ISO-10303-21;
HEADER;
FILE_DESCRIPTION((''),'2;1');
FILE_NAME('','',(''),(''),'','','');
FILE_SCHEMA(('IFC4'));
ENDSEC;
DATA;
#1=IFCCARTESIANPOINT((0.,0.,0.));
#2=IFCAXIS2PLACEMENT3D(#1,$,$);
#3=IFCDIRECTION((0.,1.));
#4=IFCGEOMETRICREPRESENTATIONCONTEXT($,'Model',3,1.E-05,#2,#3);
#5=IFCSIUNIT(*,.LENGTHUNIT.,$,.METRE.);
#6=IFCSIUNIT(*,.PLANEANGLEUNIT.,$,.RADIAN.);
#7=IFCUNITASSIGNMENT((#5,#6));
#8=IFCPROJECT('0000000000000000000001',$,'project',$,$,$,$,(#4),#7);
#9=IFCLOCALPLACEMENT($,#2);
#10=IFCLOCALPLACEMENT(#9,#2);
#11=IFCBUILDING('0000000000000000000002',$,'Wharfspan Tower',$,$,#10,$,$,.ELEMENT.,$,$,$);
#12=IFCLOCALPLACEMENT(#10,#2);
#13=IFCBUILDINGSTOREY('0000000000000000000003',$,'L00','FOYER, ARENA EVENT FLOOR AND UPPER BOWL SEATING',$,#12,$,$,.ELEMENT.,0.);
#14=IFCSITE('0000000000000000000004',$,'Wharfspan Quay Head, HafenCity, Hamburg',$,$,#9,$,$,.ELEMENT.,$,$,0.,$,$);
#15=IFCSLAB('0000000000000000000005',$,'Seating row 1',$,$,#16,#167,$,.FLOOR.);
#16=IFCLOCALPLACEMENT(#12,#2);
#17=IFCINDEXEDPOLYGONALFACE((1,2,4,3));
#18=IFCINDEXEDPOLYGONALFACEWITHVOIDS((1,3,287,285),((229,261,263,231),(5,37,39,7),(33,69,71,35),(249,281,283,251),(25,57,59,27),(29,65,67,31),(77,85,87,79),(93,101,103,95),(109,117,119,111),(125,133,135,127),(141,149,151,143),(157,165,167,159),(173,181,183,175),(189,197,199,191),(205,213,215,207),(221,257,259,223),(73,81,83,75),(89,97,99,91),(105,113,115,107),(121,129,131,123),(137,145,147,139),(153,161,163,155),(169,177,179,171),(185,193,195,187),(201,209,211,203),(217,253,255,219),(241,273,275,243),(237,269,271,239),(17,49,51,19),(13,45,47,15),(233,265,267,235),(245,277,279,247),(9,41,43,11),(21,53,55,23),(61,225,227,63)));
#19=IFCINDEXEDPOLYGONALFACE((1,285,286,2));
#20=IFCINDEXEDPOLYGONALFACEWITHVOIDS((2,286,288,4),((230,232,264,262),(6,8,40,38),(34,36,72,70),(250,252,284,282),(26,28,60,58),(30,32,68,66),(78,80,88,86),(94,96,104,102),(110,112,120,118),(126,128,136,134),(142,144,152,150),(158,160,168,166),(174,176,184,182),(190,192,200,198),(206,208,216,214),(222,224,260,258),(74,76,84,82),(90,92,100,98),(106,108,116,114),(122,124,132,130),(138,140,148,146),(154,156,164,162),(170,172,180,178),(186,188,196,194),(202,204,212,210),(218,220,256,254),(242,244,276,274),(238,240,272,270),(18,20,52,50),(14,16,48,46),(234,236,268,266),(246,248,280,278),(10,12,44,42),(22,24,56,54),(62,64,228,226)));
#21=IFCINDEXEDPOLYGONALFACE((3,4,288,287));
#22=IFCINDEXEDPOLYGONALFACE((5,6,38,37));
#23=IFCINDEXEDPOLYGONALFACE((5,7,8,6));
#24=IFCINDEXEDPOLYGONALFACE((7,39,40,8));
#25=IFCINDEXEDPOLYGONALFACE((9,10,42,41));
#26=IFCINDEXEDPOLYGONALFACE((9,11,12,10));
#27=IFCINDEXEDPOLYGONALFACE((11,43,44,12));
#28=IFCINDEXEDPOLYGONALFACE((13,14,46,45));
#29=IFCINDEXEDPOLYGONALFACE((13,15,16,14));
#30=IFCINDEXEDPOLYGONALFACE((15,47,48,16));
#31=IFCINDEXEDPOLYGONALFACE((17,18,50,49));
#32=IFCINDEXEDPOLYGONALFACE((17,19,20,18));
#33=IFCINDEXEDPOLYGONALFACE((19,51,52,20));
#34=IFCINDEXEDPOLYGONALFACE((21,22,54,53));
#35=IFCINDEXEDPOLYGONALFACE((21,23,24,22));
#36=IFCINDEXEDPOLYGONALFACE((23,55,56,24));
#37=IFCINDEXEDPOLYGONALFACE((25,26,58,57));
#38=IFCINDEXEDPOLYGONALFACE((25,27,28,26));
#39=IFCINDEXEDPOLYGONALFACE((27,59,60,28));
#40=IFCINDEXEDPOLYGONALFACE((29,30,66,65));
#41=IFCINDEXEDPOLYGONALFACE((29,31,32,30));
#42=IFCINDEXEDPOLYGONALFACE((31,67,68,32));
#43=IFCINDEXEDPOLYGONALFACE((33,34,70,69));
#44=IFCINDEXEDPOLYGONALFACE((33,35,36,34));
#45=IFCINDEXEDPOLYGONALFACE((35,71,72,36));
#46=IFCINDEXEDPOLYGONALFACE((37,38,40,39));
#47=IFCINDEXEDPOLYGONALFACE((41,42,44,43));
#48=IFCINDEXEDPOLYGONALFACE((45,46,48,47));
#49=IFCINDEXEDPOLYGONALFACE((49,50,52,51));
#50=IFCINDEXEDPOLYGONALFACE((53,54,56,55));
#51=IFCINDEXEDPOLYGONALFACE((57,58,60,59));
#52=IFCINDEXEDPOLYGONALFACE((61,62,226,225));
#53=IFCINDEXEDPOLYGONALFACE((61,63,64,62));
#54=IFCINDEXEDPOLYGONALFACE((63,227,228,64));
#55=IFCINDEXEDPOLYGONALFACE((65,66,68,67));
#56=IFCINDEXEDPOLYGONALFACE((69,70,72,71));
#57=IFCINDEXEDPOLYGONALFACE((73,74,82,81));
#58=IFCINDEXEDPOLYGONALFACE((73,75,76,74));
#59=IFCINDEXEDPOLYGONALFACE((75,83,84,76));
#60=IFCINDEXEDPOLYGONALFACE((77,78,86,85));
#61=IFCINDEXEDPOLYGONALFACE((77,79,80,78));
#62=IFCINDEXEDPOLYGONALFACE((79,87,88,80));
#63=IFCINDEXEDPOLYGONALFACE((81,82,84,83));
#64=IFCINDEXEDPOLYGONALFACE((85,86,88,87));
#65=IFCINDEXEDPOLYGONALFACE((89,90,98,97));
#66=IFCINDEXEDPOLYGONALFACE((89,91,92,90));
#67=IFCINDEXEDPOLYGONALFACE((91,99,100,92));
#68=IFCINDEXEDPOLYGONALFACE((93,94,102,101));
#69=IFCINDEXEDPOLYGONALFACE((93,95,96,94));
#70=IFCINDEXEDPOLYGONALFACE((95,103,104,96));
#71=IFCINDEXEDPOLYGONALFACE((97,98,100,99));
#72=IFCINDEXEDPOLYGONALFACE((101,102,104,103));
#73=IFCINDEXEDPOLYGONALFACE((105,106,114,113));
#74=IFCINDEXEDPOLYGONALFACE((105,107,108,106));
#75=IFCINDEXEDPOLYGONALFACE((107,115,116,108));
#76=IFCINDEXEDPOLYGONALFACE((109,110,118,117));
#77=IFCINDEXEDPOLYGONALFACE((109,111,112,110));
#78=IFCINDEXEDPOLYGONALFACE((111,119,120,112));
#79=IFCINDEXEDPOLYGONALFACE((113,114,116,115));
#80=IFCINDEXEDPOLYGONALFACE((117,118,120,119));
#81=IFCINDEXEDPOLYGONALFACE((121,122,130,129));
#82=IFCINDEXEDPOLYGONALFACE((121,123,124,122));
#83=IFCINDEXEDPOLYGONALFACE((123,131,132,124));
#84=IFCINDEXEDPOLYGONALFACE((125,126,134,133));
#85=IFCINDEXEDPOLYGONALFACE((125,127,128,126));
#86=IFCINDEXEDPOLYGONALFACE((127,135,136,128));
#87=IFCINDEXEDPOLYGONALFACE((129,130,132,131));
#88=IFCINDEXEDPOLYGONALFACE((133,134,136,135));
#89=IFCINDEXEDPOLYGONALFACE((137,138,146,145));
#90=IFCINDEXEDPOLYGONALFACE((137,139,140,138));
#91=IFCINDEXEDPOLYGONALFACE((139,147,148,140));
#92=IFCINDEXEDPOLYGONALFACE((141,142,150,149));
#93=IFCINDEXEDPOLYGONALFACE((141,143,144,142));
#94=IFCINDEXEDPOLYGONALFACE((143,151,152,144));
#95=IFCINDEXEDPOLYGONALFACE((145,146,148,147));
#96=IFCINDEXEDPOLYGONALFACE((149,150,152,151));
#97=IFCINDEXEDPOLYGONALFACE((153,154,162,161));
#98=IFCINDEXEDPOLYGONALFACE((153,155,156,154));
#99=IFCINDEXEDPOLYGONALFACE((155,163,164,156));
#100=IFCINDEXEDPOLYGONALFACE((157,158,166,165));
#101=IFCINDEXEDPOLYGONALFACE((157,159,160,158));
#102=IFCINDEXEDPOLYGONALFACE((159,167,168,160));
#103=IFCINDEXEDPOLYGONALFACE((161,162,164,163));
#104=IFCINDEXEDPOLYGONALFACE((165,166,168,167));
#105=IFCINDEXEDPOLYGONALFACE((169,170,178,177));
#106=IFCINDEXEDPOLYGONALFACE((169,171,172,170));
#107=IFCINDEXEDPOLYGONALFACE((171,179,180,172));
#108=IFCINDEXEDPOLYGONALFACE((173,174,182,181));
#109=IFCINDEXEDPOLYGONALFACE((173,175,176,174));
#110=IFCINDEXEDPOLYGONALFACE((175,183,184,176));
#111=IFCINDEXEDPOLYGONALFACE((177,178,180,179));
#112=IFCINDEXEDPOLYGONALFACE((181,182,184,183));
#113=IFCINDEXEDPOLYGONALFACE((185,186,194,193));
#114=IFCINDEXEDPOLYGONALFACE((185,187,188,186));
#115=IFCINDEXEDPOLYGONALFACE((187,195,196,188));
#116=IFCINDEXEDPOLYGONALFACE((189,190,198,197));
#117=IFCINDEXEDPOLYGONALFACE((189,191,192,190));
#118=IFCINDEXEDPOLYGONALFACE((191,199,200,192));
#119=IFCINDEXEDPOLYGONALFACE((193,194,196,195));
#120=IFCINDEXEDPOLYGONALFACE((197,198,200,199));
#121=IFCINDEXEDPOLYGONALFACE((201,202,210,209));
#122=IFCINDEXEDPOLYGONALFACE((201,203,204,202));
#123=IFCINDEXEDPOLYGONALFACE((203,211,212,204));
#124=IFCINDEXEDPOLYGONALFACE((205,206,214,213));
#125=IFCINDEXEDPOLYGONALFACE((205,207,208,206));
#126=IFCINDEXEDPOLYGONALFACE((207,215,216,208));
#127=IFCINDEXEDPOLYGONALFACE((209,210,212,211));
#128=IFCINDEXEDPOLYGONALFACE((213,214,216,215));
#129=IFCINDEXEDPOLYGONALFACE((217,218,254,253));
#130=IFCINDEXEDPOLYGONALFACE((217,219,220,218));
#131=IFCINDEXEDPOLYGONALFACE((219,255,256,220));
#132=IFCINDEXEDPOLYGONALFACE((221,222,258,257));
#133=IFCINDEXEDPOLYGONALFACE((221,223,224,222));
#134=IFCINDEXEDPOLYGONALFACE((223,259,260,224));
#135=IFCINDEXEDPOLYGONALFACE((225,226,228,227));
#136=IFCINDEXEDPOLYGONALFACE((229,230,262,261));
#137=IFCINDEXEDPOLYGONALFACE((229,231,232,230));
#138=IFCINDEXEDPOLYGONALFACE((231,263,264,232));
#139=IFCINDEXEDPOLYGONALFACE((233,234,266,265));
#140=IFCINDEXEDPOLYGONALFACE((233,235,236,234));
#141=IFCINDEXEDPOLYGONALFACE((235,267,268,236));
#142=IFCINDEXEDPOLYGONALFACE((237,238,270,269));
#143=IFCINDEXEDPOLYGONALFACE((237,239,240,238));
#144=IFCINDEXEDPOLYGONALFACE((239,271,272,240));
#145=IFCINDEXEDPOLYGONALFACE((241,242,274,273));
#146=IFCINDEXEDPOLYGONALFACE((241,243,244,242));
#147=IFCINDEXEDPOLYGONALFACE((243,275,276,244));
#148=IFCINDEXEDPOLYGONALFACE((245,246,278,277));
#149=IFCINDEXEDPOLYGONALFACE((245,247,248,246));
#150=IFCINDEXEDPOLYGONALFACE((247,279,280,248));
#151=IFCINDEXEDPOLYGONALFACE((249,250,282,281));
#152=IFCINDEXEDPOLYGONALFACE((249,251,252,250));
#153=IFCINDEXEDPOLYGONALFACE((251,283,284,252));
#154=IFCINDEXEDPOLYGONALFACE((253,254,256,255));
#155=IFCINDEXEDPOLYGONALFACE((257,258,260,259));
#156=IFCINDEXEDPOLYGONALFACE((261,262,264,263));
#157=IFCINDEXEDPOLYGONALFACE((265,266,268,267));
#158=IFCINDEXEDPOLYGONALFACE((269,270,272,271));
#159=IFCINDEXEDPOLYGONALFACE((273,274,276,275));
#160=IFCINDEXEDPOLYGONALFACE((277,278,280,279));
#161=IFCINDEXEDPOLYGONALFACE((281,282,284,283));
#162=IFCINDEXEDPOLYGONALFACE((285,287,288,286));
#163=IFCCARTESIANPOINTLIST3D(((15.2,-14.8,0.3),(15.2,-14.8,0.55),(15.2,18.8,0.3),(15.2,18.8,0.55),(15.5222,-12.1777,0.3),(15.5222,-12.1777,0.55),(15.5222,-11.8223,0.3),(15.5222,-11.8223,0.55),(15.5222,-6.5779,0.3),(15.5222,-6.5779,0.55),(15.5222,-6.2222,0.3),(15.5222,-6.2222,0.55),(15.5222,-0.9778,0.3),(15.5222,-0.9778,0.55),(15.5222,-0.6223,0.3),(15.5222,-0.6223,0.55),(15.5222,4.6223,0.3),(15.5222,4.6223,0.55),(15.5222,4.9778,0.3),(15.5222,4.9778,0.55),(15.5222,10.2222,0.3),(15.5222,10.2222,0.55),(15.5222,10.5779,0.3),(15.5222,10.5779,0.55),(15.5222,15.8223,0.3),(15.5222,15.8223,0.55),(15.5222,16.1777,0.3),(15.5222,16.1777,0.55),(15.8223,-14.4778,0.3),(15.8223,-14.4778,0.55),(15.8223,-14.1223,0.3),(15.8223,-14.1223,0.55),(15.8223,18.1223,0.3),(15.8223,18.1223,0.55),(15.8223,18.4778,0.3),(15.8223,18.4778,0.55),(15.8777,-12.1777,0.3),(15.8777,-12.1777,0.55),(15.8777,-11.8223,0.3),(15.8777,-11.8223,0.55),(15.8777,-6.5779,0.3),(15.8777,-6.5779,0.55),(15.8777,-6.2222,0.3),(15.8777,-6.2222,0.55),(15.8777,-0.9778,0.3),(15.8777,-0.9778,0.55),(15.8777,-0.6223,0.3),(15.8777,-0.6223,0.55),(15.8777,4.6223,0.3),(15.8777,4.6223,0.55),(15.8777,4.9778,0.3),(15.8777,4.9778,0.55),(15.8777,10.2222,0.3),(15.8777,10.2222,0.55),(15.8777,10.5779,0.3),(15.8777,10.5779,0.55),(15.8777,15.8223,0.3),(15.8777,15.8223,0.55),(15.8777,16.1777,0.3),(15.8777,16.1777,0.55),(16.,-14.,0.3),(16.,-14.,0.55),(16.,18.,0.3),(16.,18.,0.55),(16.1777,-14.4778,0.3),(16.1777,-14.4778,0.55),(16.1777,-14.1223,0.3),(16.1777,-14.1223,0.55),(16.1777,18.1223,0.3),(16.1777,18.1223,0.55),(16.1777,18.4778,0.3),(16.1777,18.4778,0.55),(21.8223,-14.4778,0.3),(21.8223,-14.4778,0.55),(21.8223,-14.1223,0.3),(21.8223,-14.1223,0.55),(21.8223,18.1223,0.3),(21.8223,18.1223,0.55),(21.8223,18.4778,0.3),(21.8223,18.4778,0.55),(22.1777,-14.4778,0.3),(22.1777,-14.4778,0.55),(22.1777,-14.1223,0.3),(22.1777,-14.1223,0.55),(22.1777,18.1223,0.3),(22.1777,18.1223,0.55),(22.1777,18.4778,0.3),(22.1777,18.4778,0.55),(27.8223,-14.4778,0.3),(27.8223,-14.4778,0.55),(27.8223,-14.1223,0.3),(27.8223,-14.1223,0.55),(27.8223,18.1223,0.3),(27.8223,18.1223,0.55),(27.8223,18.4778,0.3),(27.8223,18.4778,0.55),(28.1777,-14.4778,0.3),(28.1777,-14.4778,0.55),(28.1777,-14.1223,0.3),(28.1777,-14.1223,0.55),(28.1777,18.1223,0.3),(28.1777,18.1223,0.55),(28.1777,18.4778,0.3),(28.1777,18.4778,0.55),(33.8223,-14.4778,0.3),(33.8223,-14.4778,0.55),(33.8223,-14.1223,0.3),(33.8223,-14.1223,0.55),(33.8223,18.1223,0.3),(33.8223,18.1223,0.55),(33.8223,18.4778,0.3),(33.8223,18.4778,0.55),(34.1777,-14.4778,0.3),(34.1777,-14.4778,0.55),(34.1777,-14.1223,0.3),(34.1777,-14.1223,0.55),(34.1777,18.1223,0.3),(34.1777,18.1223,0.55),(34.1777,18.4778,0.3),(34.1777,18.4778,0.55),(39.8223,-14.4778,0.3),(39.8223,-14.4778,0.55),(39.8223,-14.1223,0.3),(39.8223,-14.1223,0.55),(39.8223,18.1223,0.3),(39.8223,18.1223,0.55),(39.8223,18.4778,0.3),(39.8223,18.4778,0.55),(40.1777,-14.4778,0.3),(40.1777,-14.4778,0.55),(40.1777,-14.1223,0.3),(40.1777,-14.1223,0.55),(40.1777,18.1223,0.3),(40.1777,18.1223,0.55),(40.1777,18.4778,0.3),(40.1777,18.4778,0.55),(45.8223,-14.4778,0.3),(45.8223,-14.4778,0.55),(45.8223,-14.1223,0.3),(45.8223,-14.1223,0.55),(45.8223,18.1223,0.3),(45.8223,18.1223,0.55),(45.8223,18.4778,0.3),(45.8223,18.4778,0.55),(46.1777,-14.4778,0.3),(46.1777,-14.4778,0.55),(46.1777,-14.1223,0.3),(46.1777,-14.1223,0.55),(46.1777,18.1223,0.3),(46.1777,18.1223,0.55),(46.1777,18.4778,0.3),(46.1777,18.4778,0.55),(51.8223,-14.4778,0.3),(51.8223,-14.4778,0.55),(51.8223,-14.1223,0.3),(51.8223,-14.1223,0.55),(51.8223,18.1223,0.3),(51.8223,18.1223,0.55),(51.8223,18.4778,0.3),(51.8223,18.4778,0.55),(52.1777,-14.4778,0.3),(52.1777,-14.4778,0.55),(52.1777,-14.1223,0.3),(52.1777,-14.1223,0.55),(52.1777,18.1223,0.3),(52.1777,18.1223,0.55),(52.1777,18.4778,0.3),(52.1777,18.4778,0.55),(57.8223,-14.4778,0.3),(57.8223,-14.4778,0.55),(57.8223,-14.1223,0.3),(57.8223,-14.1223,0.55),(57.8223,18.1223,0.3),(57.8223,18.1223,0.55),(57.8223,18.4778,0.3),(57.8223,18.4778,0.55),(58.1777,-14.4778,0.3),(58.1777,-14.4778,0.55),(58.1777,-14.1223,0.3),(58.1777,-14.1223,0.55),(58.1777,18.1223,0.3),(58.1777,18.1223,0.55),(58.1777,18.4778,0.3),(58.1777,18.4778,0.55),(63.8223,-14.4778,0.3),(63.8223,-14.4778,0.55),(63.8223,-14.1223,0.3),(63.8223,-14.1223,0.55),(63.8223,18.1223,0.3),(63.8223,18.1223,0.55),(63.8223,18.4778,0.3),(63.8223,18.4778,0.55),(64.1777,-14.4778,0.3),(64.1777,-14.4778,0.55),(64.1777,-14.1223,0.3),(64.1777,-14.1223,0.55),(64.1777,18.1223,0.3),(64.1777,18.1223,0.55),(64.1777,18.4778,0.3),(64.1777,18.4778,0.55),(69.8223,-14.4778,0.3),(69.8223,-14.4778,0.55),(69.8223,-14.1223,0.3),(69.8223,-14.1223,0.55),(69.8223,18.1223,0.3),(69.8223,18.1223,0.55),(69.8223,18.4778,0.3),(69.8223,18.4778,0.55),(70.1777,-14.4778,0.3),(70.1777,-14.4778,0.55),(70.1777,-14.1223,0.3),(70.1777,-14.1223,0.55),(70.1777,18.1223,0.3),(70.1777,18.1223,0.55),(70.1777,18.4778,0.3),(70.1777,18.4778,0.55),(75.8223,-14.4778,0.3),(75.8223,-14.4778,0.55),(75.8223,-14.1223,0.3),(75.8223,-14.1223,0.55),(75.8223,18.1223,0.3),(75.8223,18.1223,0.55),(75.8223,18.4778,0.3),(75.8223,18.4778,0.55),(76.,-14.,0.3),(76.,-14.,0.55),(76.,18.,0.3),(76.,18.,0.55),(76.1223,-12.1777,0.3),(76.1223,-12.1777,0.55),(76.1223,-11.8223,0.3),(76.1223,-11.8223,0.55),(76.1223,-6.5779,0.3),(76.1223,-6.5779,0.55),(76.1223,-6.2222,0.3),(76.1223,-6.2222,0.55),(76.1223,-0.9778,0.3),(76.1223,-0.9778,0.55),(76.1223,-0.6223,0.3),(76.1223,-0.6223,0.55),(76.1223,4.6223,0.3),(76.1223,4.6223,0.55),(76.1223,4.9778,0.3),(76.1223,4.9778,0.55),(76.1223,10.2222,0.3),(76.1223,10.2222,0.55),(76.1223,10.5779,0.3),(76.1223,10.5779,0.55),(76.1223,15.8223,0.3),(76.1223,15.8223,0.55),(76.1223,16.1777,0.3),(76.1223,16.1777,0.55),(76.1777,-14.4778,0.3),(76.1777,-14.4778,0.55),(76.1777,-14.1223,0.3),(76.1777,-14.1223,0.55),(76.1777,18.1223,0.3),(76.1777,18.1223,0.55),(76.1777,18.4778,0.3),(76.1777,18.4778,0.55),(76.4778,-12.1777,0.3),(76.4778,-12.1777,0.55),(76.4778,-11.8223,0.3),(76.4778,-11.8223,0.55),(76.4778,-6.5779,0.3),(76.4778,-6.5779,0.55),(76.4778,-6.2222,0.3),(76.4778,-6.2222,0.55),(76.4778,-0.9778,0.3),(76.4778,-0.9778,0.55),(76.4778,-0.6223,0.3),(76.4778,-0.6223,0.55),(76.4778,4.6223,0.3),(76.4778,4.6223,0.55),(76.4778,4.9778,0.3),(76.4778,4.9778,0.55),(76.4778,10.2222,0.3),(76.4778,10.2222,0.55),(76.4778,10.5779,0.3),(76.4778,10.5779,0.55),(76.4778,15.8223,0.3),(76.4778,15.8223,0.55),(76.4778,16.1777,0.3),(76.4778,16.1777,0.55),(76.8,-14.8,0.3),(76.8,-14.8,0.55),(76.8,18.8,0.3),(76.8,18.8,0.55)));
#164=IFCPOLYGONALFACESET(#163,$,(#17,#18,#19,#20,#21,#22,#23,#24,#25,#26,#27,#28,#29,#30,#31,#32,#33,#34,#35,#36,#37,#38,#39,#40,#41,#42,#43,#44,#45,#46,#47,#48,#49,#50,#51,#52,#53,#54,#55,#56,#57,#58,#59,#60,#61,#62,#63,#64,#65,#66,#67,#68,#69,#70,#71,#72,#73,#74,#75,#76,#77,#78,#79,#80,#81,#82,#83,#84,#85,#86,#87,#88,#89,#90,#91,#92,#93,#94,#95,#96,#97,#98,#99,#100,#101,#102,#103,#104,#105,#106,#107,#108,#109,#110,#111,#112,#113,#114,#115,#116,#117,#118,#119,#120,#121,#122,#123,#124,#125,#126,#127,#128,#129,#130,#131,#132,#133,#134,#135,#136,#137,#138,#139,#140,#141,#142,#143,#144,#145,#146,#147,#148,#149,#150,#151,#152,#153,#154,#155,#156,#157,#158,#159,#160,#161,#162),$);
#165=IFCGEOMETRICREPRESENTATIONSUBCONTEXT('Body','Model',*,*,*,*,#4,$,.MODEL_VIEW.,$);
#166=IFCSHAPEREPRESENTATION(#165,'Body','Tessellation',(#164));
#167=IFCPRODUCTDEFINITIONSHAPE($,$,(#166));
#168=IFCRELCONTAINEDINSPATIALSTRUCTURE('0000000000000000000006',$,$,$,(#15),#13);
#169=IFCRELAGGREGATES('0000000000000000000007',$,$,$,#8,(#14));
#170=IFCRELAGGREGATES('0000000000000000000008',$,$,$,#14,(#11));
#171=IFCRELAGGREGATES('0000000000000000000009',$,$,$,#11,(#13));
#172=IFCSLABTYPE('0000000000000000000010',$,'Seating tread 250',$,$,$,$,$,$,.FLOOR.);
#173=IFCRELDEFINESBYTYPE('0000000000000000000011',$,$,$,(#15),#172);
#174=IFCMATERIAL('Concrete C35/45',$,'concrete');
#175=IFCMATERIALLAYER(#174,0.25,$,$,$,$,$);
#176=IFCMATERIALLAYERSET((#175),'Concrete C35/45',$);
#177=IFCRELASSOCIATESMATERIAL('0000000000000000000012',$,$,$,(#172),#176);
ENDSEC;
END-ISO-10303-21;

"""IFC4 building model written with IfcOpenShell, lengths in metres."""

from ifc_helpers import new_model, si_unit, direction, frame, origin, place, context, subcontext, project, spatial, polyline, outline, extrude, material, layer, layer_set, type_object, element, save


model = new_model("IFC4")

# Units and contexts
model_context = context("Model", 3, precision=1e-05, world=origin(), true_north=direction((0.0, 1.0)))
body_context = subcontext(model_context, "Body", "Model", "MODEL_VIEW")
ifc_project = project(units=[si_unit("LENGTHUNIT", "METRE"), si_unit("PLANEANGLEUNIT", "RADIAN")], contexts=[model_context])

# Site, building, storey
site_placement = place(None, origin())
site = spatial("IfcSite", under=ifc_project, at=site_placement, Name="Wharfspan Quay Head, HafenCity, Hamburg", CompositionType="ELEMENT", RefElevation=0.0)
building_placement = place(site_placement, origin())
building = spatial("IfcBuilding", under=site, at=building_placement, Name="Wharfspan Tower", CompositionType="ELEMENT")
storey_placement = place(building_placement, origin())
storey = spatial("IfcBuildingStorey", under=building, at=storey_placement, Name="L00", Description="FOYER, ARENA EVENT FLOOR AND UPPER BOWL SEATING", CompositionType="ELEMENT", Elevation=0.0)

# Slab
ifc_material_1 = material(Name="Concrete C35/45", Category="concrete")
ifc_layer_1 = layer(ifc_material_1, 0.25)
ifc_layer_set_1 = layer_set([ifc_layer_1], Name="Concrete C35/45")
slab_type_1 = type_object("IfcSlabType", Name="Seating tread 250", PredefinedType="FLOOR", material=ifc_layer_set_1)
slab_1_placement = place(storey_placement, frame((0.0, 0.0, 0.3)))
element("IfcSlab", 1, at=slab_1_placement, inside=storey, type_object=slab_type_1, Name="Seating row 1", PredefinedType="FLOOR", context=body_context, shape_type="SweptSolid", body=[
    extrude(outline(polyline([(15.2, 18.8), (76.8, 18.8), (76.8, -14.8), (15.2, -14.8), (15.2, 18.8)]), holes=[polyline([(16.0, 18.0), (16.0, -14.0), (76.0, -14.0), (76.0, 18.0), (16.0, 18.0)]), polyline([(16.1777, -14.4778), (16.1777, -14.1223), (15.8223, -14.1223), (15.8223, -14.4778), (16.1777, -14.4778)]), polyline([(22.1777, -14.4778), (22.1777, -14.1223), (21.8223, -14.1223), (21.8223, -14.4778), (22.1777, -14.4778)]), polyline([(28.1777, -14.4778), (28.1777, -14.1223), (27.8223, -14.1223), (27.8223, -14.4778), (28.1777, -14.4778)]), polyline([(40.1777, -14.4778), (40.1777, -14.1223), (39.8223, -14.1223), (39.8223, -14.4778), (40.1777, -14.4778)]), polyline([(34.1777, -14.4778), (34.1777, -14.1223), (33.8223, -14.1223), (33.8223, -14.4778), (34.1777, -14.4778)]), polyline([(15.8777, -12.1777), (15.8777, -11.8223), (15.5222, -11.8223), (15.5222, -12.1777), (15.8777, -12.1777)]), polyline([(15.5222, -6.5779), (15.8777, -6.5779), (15.8777, -6.2222), (15.5222, -6.2222), (15.5222, -6.5779)]), polyline([(15.5222, -0.9778), (15.8777, -0.9778), (15.8777, -0.6223), (15.5222, -0.6223), (15.5222, -0.9778)]), polyline([(15.8777, 4.6223), (15.8777, 4.9778), (15.5222, 4.9778), (15.5222, 4.6223), (15.8777, 4.6223)]), polyline([(15.8777, 10.2222), (15.8777, 10.5779), (15.5222, 10.5779), (15.5222, 10.2222), (15.8777, 10.2222)]), polyline([(15.8777, 15.8223), (15.8777, 16.1777), (15.5222, 16.1777), (15.5222, 15.8223), (15.8777, 15.8223)]), polyline([(45.8223, 18.1223), (46.1777, 18.1223), (46.1777, 18.4778), (45.8223, 18.4778), (45.8223, 18.1223)]), polyline([(40.1777, 18.1223), (40.1777, 18.4778), (39.8223, 18.4778), (39.8223, 18.1223), (40.1777, 18.1223)]), polyline([(34.1777, 18.1223), (34.1777, 18.4778), (33.8223, 18.4778), (33.8223, 18.1223), (34.1777, 18.1223)]), polyline([(28.1777, 18.1223), (28.1777, 18.4778), (27.8223, 18.4778), (27.8223, 18.1223), (28.1777, 18.1223)]), polyline([(21.8223, 18.1223), (22.1777, 18.1223), (22.1777, 18.4778), (21.8223, 18.4778), (21.8223, 18.1223)]), polyline([(15.8223, 18.1223), (16.1777, 18.1223), (16.1777, 18.4778), (15.8223, 18.4778), (15.8223, 18.1223)]), polyline([(76.1777, -14.4778), (76.1777, -14.1223), (75.8223, -14.1223), (75.8223, -14.4778), (76.1777, -14.4778)]), polyline([(46.1777, -14.4778), (46.1777, -14.1223), (45.8223, -14.1223), (45.8223, -14.4778), (46.1777, -14.4778)]), polyline([(70.1777, -14.4778), (70.1777, -14.1223), (69.8223, -14.1223), (69.8223, -14.4778), (70.1777, -14.4778)]), polyline([(64.1777, -14.4778), (64.1777, -14.1223), (63.8223, -14.1223), (63.8223, -14.4778), (64.1777, -14.4778)]), polyline([(58.1777, -14.4778), (58.1777, -14.1223), (57.8223, -14.1223), (57.8223, -14.4778), (58.1777, -14.4778)]), polyline([(52.1777, -14.4778), (52.1777, -14.1223), (51.8223, -14.1223), (51.8223, -14.4778), (52.1777, -14.4778)]), polyline([(76.1223, -12.1777), (76.4778, -12.1777), (76.4778, -11.8223), (76.1223, -11.8223), (76.1223, -12.1777)]), polyline([(76.1223, -6.5779), (76.4778, -6.5779), (76.4778, -6.2222), (76.1223, -6.2222), (76.1223, -6.5779)]), polyline([(76.4778, -0.9778), (76.4778, -0.6223), (76.1223, -0.6223), (76.1223, -0.9778), (76.4778, -0.9778)]), polyline([(76.4778, 4.6223), (76.4778, 4.9778), (76.1223, 4.9778), (76.1223, 4.6223), (76.4778, 4.6223)]), polyline([(76.4778, 10.2222), (76.4778, 10.5779), (76.1223, 10.5779), (76.1223, 10.2222), (76.4778, 10.2222)]), polyline([(76.1223, 15.8223), (76.4778, 15.8223), (76.4778, 16.1777), (76.1223, 16.1777), (76.1223, 15.8223)]), polyline([(63.8223, 18.1223), (64.1777, 18.1223), (64.1777, 18.4778), (63.8223, 18.4778), (63.8223, 18.1223)]), polyline([(58.1777, 18.1223), (58.1777, 18.4778), (57.8223, 18.4778), (57.8223, 18.1223), (58.1777, 18.1223)]), polyline([(70.1777, 18.1223), (70.1777, 18.4778), (69.8223, 18.4778), (69.8223, 18.1223), (70.1777, 18.1223)]), polyline([(76.1777, 18.1223), (76.1777, 18.4778), (75.8223, 18.4778), (75.8223, 18.1223), (76.1777, 18.1223)]), polyline([(51.8223, 18.1223), (52.1777, 18.1223), (52.1777, 18.4778), (51.8223, 18.4778), (51.8223, 18.1223)])]), origin(), (0.0, 0.0, 1.0), 0.25),
])

save(model, "model.ifc")
